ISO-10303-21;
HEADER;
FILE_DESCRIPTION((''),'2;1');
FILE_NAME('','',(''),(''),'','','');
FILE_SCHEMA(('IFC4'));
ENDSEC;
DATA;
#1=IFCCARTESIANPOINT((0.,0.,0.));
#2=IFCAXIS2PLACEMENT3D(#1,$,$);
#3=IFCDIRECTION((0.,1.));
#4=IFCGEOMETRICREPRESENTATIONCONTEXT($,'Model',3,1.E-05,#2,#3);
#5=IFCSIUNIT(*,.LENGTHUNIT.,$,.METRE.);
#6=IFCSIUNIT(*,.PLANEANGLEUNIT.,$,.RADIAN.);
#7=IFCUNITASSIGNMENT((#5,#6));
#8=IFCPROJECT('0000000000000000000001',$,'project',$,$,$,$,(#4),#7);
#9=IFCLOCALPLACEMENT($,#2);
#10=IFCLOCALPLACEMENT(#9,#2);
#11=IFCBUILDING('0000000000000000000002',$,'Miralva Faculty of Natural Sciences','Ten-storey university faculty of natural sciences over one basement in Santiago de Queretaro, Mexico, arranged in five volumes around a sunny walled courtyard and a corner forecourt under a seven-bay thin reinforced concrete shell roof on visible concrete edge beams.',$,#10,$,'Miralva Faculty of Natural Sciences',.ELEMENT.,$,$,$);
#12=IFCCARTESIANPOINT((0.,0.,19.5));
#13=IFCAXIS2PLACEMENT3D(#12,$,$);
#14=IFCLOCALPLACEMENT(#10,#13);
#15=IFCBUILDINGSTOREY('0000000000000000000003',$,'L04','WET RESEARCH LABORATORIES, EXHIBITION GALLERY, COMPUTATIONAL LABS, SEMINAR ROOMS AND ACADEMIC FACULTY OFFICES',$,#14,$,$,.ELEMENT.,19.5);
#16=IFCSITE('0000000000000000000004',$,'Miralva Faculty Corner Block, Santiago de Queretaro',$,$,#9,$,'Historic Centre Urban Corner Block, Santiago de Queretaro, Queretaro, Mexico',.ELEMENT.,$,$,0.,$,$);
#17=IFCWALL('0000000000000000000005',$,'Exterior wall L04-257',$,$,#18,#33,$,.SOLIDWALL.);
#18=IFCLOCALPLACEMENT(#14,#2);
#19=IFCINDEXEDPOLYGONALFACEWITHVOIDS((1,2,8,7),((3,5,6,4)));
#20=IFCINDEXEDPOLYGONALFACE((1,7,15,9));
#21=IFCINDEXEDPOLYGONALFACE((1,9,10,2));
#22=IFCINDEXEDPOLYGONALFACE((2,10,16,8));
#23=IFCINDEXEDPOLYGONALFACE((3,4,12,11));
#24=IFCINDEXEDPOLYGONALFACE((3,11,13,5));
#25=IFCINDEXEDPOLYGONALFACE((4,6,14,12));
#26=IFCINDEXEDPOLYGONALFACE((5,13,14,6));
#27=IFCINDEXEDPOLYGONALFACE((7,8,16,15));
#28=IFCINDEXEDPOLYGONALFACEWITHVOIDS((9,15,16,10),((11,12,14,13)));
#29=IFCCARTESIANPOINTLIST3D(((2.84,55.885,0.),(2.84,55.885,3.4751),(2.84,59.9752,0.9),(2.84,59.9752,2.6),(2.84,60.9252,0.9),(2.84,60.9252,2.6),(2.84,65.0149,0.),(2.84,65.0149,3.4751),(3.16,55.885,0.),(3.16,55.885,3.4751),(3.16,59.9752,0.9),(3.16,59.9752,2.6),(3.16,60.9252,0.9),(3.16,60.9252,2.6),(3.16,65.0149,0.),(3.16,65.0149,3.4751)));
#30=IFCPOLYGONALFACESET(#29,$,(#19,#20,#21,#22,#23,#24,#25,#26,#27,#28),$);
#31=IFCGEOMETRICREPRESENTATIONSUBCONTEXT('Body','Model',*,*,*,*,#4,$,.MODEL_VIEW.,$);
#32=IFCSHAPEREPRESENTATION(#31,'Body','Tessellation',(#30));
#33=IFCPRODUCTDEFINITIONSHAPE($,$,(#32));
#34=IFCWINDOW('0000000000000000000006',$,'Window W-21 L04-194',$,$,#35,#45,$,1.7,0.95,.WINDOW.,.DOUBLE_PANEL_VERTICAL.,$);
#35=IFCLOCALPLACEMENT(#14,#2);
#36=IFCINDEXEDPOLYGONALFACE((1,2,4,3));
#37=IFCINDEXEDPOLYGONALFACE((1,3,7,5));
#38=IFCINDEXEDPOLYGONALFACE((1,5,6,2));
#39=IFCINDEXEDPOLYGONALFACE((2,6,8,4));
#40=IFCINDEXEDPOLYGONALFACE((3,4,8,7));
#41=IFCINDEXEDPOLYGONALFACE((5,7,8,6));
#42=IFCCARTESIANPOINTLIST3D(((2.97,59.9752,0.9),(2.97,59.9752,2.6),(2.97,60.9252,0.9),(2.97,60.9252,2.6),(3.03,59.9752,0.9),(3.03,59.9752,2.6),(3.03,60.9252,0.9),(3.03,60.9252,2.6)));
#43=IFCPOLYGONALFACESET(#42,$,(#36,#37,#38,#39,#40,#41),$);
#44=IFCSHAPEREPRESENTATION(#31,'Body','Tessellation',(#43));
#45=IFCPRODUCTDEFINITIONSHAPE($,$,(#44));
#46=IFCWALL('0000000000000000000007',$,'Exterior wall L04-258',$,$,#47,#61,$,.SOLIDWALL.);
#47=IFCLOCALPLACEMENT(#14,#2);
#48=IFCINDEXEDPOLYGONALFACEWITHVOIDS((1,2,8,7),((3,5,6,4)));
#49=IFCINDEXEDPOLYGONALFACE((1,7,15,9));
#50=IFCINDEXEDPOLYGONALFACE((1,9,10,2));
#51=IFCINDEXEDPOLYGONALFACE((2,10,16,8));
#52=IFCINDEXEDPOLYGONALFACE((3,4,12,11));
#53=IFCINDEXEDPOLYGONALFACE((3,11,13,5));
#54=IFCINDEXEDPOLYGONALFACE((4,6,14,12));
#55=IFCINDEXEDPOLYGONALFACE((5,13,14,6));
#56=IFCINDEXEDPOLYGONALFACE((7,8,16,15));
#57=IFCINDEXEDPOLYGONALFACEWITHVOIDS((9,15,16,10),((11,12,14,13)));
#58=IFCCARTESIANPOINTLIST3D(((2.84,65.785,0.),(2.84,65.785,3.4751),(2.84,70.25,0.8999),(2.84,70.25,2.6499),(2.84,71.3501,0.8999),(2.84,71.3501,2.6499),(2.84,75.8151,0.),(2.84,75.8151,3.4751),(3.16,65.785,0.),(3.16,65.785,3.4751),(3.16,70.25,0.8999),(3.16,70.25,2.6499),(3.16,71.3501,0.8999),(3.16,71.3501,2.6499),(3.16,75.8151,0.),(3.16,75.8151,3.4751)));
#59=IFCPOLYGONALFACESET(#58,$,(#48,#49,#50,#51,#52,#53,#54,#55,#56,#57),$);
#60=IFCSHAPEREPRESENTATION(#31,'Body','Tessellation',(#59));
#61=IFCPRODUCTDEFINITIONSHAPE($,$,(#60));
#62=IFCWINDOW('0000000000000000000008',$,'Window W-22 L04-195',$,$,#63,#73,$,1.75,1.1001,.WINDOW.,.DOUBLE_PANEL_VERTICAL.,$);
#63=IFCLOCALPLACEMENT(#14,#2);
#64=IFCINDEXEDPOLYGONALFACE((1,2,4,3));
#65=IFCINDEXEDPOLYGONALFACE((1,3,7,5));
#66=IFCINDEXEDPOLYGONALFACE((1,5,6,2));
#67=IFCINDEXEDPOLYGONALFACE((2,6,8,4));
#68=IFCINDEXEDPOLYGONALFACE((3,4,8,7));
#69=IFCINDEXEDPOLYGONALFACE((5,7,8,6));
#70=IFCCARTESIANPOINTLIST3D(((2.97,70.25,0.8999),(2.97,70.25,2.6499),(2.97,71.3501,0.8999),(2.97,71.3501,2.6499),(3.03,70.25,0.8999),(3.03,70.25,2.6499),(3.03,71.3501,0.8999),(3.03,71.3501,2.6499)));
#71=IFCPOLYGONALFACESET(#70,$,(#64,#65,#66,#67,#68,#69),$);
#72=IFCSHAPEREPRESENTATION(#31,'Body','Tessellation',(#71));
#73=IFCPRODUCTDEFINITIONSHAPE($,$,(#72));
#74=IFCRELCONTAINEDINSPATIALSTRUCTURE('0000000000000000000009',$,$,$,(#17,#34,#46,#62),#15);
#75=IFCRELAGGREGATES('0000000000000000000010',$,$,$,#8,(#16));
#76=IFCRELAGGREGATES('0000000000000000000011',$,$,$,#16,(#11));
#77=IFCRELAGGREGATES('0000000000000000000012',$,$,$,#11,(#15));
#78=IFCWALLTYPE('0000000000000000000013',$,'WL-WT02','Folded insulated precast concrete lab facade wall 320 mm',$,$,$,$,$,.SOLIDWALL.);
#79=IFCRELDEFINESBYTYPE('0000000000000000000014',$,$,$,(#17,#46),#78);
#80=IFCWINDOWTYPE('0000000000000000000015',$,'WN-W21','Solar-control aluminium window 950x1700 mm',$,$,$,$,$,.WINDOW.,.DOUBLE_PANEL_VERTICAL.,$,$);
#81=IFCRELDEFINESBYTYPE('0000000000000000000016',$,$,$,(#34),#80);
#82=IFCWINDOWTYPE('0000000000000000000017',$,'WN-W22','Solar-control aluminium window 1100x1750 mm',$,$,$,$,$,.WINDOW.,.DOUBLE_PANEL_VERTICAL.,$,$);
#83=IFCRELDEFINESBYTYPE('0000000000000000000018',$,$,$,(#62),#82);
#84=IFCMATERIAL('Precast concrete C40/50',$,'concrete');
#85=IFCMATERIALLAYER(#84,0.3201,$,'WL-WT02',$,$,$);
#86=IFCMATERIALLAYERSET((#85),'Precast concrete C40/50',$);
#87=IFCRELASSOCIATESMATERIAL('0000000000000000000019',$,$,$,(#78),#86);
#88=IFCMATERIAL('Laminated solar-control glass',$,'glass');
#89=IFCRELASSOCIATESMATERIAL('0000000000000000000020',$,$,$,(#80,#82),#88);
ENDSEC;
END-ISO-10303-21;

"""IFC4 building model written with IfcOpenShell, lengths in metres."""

from ifc_helpers import new_model, si_unit, direction, frame, frame_2d, origin, place, context, subcontext, project, spatial, rectangle, extrude, material, layer, layer_set, type_object, element, fill, save


model = new_model("IFC4")

# Units and contexts
model_context = context("Model", 3, precision=1e-05, world=origin(), true_north=direction((0.0, 1.0)))
body_context = subcontext(model_context, "Body", "Model", "MODEL_VIEW")
ifc_project = project(units=[si_unit("LENGTHUNIT", "METRE"), si_unit("PLANEANGLEUNIT", "RADIAN")], contexts=[model_context])

# Site, building, storey
site_placement = place(None, origin())
site = spatial("IfcSite", under=ifc_project, at=site_placement, Name="Miralva Faculty Corner Block, Santiago de Queretaro", LongName="Historic Centre Urban Corner Block, Santiago de Queretaro, Queretaro, Mexico", CompositionType="ELEMENT", RefElevation=0.0)
building_placement = place(site_placement, origin())
building = spatial("IfcBuilding", under=site, at=building_placement, Name="Miralva Faculty of Natural Sciences", Description="Ten-storey university faculty of natural sciences over one basement in Santiago de Queretaro, Mexico, arranged in five volumes around a sunny walled courtyard and a corner forecourt under a seven-bay thin reinforced concrete shell roof on visible concrete edge beams.", LongName="Miralva Faculty of Natural Sciences", CompositionType="ELEMENT")
storey_placement = place(building_placement, frame((0.0, 0.0, 19.5)))
storey = spatial("IfcBuildingStorey", under=building, at=storey_placement, Name="L04", Description="WET RESEARCH LABORATORIES, EXHIBITION GALLERY, COMPUTATIONAL LABS, SEMINAR ROOMS AND ACADEMIC FACULTY OFFICES", CompositionType="ELEMENT", Elevation=19.5)

# Walls, openings, windows
ifc_material_1 = material(Name="Precast concrete C40/50", Category="concrete")
ifc_layer_1 = layer(ifc_material_1, 0.3201, Name="WL-WT02")
ifc_layer_set_1 = layer_set([ifc_layer_1], Name="Precast concrete C40/50")
wall_type_1 = type_object("IfcWallType", Name="WL-WT02", Description="Folded insulated precast concrete lab facade wall 320 mm", PredefinedType="SOLIDWALL", material=ifc_layer_set_1)
ifc_material_2 = material(Name="Laminated solar-control glass", Category="glass")
wall_1_placement = place(storey_placement, frame((3.0, 55.885, 0.0), z_axis=(0.0, 0.0, 1.0), x_axis=(0.0, 1.0, 0.0)))
wall_1 = element("IfcWall", 1, at=wall_1_placement, inside=storey, type_object=wall_type_1, Name="Exterior wall L04-257", PredefinedType="SOLIDWALL", context=body_context, shape_type="SweptSolid", body=[
    extrude(rectangle(XDim=9.1299, YDim=0.3201, at=frame_2d((4.5649, 0.0))), origin(), (0.0, 0.0, 1.0), 3.4751),
])
opening_1_placement = place(wall_1_placement, frame((4.0901, 0.0, 0.8999)))
opening_1 = element("IfcOpeningElement", 2, at=opening_1_placement, cuts=wall_1, PredefinedType="OPENING", context=body_context, shape_type="SweptSolid", body=[
    extrude(rectangle(XDim=0.95, YDim=1.7, at=frame_2d((0.4751, 0.8501))), frame((0.0, 0.1699, 0.0), z_axis=(0.0, -1.0, 0.0), x_axis=(1.0, 0.0, 0.0)), (0.0, 0.0, 1.0), 0.3401),
])
window_type_1 = type_object("IfcWindowType", Name="WN-W21", Description="Solar-control aluminium window 950x1700 mm", PartitioningType="DOUBLE_PANEL_VERTICAL", PredefinedType="WINDOW", material=ifc_material_2)
window_1_placement = place(opening_1_placement, origin())
window_1 = element("IfcWindow", 3, at=window_1_placement, inside=storey, type_object=window_type_1, Name="Window W-21 L04-194", OverallHeight=1.7, OverallWidth=0.95, PartitioningType="DOUBLE_PANEL_VERTICAL", PredefinedType="WINDOW", context=body_context, shape_type="SweptSolid", body=[
    extrude(rectangle(XDim=0.95, YDim=1.7, at=frame_2d((0.4751, 0.8501))), frame((0.0, 0.03, 0.0), z_axis=(0.0, -1.0, 0.0), x_axis=(1.0, 0.0, 0.0)), (0.0, 0.0, 1.0), 0.0601),
])
fill(opening_1, window_1)
wall_2_placement = place(storey_placement, frame((3.0, 65.7849, 0.0), z_axis=(0.0, 0.0, 1.0), x_axis=(0.0, 1.0, 0.0)))
wall_2 = element("IfcWall", 4, at=wall_2_placement, inside=storey, type_object=wall_type_1, Name="Exterior wall L04-258", PredefinedType="SOLIDWALL", context=body_context, shape_type="SweptSolid", body=[
    extrude(rectangle(XDim=10.03, YDim=0.3201, at=frame_2d((5.0151, 0.0))), origin(), (0.0, 0.0, 1.0), 3.4751),
])
opening_2_placement = place(wall_2_placement, frame((4.4651, 0.0, 0.8999)))
opening_2 = element("IfcOpeningElement", 5, at=opening_2_placement, cuts=wall_2, PredefinedType="OPENING", context=body_context, shape_type="SweptSolid", body=[
    extrude(rectangle(XDim=1.1001, YDim=1.75, at=frame_2d((0.55, 0.875))), frame((0.0, 0.1699, 0.0), z_axis=(0.0, -1.0, 0.0), x_axis=(1.0, 0.0, 0.0)), (0.0, 0.0, 1.0), 0.3401),
])
window_type_2 = type_object("IfcWindowType", Name="WN-W22", Description="Solar-control aluminium window 1100x1750 mm", PartitioningType="DOUBLE_PANEL_VERTICAL", PredefinedType="WINDOW", material=ifc_material_2)
window_2_placement = place(opening_2_placement, origin())
window_2 = element("IfcWindow", 6, at=window_2_placement, inside=storey, type_object=window_type_2, Name="Window W-22 L04-195", OverallHeight=1.75, OverallWidth=1.1001, PartitioningType="DOUBLE_PANEL_VERTICAL", PredefinedType="WINDOW", context=body_context, shape_type="SweptSolid", body=[
    extrude(rectangle(XDim=1.1001, YDim=1.75, at=frame_2d((0.55, 0.875))), frame((0.0, 0.03, 0.0), z_axis=(0.0, -1.0, 0.0), x_axis=(1.0, 0.0, 0.0)), (0.0, 0.0, 1.0), 0.0601),
])
fill(opening_2, window_2)

save(model, "model.ifc")
